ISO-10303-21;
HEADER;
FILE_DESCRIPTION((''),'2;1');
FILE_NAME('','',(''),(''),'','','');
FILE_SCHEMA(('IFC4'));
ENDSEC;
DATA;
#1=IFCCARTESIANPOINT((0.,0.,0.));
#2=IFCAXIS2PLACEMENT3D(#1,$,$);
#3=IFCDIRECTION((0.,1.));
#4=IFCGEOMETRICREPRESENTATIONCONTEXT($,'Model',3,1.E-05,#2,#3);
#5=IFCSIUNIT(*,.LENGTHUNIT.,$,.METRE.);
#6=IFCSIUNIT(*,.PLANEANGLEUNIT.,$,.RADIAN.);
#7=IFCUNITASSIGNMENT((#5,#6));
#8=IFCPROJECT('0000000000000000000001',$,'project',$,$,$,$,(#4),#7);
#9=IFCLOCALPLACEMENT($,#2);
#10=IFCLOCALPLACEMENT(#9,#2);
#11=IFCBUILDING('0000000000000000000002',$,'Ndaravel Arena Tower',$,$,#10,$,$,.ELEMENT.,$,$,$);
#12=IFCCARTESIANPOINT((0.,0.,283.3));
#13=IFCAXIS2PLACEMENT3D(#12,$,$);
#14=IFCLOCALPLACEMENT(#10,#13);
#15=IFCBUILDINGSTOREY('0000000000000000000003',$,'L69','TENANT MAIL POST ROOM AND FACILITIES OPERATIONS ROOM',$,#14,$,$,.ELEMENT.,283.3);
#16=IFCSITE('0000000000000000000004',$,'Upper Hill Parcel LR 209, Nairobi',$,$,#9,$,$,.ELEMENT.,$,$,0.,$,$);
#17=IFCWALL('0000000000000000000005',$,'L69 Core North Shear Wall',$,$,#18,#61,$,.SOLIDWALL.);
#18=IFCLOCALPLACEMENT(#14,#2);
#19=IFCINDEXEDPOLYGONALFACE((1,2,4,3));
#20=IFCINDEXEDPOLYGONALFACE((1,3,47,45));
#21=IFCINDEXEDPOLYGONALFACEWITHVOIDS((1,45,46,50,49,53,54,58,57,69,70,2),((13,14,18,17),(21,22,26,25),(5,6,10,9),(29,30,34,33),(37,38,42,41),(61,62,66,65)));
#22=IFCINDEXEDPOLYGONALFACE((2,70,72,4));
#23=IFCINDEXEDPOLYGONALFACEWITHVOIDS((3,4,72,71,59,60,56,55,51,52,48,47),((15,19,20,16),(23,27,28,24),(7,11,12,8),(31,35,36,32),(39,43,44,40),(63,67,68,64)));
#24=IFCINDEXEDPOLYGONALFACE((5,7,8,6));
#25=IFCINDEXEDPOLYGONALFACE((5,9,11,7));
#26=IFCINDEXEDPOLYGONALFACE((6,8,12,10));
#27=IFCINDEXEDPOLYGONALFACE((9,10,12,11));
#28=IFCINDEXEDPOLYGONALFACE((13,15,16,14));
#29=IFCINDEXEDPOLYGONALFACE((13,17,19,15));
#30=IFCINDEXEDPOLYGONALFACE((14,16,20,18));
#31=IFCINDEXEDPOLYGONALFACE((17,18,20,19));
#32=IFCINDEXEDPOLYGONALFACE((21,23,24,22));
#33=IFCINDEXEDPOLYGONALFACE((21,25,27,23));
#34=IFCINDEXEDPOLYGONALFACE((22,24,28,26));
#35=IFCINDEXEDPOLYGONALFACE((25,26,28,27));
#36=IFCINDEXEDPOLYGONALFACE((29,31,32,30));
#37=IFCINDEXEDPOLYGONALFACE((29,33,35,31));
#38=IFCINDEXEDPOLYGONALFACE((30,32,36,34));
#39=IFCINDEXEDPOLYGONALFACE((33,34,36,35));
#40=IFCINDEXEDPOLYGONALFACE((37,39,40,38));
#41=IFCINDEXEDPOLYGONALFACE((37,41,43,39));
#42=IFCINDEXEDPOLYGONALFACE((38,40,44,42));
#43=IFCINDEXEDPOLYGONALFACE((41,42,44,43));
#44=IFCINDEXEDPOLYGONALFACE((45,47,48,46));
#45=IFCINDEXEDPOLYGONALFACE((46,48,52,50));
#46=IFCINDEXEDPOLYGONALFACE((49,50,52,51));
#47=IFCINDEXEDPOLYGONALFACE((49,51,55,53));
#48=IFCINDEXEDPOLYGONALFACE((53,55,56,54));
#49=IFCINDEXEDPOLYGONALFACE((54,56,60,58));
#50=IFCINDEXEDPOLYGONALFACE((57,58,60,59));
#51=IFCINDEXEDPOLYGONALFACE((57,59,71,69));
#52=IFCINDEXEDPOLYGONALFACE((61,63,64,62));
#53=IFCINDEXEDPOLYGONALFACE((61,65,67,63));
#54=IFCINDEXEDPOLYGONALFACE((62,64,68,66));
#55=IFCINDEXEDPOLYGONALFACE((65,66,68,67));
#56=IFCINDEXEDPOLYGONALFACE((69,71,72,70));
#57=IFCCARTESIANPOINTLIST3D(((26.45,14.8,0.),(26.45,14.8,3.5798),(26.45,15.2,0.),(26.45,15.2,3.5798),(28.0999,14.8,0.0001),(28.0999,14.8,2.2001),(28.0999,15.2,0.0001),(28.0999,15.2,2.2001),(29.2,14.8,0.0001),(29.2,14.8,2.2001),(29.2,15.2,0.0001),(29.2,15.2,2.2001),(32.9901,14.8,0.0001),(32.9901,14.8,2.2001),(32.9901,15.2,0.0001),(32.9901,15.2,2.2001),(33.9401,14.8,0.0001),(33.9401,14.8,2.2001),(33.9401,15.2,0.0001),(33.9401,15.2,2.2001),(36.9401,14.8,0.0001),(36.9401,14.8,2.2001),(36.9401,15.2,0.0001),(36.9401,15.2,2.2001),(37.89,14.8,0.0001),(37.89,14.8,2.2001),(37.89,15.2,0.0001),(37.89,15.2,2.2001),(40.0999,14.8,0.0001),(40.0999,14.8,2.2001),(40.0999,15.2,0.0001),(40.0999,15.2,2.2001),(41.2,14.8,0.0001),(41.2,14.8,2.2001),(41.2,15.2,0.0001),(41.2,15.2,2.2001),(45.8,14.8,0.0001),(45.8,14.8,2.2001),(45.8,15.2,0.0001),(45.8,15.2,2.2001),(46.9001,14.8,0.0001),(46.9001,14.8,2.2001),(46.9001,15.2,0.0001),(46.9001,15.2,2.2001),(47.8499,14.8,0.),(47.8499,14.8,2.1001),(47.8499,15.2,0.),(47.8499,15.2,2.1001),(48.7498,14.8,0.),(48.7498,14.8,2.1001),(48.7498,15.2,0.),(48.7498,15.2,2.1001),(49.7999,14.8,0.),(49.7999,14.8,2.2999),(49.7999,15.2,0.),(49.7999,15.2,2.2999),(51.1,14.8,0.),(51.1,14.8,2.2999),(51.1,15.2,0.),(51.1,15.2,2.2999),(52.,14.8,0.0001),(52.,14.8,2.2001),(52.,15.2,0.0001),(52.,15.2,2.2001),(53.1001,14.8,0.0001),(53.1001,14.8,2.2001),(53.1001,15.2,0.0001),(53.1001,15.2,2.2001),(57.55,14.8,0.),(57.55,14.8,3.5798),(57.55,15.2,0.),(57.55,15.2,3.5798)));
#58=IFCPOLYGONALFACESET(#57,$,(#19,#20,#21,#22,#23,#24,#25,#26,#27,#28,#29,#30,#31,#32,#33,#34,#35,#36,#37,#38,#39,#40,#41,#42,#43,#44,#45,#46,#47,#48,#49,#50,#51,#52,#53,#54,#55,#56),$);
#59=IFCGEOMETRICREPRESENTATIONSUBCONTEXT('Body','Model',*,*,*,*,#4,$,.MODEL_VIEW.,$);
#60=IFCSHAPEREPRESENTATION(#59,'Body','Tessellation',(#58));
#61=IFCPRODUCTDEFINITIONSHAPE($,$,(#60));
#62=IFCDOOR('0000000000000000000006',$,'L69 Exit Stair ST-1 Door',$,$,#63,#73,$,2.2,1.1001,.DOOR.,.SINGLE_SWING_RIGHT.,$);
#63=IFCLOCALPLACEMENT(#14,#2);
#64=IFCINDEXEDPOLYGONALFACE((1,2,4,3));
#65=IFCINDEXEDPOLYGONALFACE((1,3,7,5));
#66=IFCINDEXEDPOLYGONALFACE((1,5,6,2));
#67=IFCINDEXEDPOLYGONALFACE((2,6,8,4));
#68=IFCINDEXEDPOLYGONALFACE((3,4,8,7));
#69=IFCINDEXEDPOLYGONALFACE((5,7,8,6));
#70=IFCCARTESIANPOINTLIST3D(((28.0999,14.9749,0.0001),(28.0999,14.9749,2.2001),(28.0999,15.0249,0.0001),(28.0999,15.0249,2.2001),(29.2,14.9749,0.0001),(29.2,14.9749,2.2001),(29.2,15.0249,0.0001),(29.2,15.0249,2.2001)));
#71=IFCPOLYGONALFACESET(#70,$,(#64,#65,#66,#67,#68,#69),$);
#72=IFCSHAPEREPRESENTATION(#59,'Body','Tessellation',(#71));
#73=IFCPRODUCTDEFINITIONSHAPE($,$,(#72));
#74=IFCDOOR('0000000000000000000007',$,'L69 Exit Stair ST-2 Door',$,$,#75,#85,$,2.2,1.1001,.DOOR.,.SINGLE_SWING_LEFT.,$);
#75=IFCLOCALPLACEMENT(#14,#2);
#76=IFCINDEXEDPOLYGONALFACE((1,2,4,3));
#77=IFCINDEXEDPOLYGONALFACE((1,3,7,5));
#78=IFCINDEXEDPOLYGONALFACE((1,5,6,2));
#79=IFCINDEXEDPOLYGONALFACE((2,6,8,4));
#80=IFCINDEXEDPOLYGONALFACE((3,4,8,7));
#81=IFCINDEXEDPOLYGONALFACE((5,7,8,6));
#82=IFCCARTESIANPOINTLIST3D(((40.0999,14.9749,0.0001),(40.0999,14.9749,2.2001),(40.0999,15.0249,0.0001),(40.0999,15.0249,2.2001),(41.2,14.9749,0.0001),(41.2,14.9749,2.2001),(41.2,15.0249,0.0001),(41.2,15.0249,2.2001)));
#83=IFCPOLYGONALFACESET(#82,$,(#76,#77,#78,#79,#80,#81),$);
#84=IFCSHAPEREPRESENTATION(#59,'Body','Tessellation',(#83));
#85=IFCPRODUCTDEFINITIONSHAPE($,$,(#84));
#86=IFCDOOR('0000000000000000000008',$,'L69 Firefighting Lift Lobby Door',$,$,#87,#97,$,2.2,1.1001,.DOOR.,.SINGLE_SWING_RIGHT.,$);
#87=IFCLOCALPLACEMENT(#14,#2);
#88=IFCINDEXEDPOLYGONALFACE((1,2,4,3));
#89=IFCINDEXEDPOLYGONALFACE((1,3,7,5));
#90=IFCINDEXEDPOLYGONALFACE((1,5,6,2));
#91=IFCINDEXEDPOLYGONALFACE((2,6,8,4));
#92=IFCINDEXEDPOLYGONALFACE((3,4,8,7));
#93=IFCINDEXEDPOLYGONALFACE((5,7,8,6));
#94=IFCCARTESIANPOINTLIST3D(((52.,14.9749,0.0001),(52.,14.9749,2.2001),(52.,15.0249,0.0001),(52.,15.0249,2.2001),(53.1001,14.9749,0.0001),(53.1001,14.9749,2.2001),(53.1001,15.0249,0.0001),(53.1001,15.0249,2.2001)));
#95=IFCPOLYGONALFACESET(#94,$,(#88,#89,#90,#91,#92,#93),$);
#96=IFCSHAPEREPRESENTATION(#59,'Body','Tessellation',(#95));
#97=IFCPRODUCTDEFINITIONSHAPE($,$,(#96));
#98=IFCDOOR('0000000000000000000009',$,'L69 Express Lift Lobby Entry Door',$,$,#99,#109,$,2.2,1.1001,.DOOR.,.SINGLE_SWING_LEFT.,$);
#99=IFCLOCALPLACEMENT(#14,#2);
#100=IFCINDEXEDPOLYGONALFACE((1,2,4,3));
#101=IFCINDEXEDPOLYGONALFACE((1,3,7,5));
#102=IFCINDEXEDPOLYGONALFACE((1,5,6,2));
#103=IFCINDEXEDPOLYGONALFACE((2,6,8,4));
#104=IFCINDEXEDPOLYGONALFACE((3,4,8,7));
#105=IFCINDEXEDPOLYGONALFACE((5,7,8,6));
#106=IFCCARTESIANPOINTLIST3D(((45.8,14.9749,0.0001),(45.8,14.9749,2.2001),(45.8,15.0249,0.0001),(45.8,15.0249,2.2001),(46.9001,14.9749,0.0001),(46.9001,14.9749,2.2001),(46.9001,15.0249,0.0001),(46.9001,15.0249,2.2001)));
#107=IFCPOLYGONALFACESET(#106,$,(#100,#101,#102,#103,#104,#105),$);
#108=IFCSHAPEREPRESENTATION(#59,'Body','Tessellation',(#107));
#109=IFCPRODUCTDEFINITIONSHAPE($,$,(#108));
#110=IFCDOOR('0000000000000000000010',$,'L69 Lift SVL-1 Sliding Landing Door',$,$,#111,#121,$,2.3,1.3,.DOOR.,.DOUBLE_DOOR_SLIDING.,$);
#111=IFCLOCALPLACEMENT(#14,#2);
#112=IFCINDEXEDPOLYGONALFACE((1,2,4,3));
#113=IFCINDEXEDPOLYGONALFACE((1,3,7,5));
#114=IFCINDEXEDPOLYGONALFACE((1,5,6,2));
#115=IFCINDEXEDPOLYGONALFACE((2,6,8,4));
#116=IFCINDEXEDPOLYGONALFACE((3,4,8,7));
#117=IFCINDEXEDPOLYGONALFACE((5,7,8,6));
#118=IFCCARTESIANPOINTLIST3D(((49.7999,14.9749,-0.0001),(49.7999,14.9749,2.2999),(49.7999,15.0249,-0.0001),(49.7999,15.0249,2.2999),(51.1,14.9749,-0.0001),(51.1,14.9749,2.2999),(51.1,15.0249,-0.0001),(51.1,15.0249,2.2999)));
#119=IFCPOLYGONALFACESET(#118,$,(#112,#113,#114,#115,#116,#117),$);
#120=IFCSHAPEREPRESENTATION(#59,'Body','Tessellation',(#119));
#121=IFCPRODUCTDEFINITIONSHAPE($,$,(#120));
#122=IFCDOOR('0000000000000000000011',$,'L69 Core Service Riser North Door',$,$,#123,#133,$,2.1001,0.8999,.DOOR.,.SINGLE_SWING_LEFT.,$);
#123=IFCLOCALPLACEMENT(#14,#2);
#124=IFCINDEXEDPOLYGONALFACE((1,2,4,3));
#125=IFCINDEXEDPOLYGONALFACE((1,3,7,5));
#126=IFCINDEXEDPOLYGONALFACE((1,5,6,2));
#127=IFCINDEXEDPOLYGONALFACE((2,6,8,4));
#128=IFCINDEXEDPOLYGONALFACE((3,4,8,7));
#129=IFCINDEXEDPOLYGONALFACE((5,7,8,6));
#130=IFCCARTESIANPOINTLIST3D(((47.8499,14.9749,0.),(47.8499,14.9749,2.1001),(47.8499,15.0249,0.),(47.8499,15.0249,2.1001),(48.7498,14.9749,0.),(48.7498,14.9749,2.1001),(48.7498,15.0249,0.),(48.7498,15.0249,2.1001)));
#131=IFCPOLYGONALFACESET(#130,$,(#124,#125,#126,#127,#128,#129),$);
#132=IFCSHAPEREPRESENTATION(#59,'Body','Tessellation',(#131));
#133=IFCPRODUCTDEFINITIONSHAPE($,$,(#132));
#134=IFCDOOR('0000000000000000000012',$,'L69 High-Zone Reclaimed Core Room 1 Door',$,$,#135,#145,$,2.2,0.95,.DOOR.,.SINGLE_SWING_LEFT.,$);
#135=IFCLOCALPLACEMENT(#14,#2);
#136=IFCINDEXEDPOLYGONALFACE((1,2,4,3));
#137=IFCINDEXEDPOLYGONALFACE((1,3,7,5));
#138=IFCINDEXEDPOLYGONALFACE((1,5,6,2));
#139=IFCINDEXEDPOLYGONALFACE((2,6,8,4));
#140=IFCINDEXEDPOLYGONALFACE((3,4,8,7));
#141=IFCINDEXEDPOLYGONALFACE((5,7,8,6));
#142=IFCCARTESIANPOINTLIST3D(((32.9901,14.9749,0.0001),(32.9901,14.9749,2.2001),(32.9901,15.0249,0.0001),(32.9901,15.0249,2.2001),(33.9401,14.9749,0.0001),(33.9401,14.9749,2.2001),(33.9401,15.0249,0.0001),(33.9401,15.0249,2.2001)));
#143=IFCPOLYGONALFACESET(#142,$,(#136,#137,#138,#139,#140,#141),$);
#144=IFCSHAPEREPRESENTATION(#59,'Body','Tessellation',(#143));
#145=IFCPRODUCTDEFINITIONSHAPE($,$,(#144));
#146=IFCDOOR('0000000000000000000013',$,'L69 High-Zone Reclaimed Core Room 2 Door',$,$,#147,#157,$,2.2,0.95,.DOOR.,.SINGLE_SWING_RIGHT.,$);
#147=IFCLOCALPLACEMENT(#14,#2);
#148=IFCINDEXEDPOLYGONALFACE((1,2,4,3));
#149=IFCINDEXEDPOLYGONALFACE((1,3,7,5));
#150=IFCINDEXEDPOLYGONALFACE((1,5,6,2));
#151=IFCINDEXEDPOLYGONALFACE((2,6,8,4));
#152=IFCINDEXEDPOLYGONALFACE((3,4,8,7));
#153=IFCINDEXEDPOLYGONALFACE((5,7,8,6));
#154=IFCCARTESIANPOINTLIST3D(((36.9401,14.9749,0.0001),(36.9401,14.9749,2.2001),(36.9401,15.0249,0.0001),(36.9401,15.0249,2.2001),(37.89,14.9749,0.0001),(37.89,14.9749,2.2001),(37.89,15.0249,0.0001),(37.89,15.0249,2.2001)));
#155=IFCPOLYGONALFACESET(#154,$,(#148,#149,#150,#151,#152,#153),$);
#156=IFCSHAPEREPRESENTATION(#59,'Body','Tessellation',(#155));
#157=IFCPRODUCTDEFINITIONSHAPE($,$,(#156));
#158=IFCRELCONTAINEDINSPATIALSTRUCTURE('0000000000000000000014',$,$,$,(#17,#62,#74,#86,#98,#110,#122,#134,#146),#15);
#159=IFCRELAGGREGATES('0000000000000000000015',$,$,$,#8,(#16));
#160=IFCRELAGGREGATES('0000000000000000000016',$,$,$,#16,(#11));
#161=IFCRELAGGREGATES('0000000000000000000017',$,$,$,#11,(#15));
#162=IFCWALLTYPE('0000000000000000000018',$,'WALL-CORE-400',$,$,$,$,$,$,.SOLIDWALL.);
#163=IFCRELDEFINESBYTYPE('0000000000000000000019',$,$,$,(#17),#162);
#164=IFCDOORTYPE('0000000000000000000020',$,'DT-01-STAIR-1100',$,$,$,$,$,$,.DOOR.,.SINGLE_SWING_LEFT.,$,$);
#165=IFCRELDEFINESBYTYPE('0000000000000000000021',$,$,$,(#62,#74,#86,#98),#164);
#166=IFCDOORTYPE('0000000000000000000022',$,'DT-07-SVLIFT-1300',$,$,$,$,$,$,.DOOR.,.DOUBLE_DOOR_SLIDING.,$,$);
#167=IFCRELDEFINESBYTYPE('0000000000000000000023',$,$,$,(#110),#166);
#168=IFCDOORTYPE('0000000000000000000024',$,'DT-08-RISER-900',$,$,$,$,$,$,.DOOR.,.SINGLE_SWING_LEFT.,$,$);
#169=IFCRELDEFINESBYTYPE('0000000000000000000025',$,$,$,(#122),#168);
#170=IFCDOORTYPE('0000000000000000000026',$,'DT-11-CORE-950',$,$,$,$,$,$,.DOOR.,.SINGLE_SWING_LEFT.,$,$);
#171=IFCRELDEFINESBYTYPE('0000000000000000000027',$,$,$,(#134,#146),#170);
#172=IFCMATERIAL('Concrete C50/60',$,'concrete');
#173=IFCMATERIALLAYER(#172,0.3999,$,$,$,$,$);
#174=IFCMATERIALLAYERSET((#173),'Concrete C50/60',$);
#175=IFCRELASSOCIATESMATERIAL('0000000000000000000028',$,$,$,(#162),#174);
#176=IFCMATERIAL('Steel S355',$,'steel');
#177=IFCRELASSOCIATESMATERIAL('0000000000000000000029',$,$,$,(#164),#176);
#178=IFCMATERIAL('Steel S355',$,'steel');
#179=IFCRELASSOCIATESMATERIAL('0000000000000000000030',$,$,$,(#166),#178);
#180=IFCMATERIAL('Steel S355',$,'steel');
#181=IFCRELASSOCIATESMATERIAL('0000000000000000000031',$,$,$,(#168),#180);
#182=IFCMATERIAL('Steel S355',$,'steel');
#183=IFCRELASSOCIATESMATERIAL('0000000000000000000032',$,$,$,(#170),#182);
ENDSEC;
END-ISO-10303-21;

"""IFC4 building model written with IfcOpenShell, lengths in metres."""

from ifc_helpers import new_model, si_unit, direction, frame, frame_2d, origin, place, context, subcontext, project, spatial, rectangle, extrude, material, layer, layer_set, type_object, element, fill, save


model = new_model("IFC4")

# Units and contexts
model_context = context("Model", 3, precision=1e-05, world=origin(), true_north=direction((0.0, 1.0)))
body_context = subcontext(model_context, "Body", "Model", "MODEL_VIEW")
ifc_project = project(units=[si_unit("LENGTHUNIT", "METRE"), si_unit("PLANEANGLEUNIT", "RADIAN")], contexts=[model_context])

# Site, building, storey
site_placement = place(None, origin())
site = spatial("IfcSite", under=ifc_project, at=site_placement, Name="Upper Hill Parcel LR 209, Nairobi", CompositionType="ELEMENT", RefElevation=0.0)
building_placement = place(site_placement, origin())
building = spatial("IfcBuilding", under=site, at=building_placement, Name="Ndaravel Arena Tower", CompositionType="ELEMENT")
storey_placement = place(building_placement, frame((0.0, 0.0, 283.3)))
storey = spatial("IfcBuildingStorey", under=building, at=storey_placement, Name="L69", Description="TENANT MAIL POST ROOM AND FACILITIES OPERATIONS ROOM", CompositionType="ELEMENT", Elevation=283.3)

# Wall, openings, doors
ifc_material_1 = material(Name="Concrete C50/60", Category="concrete")
ifc_layer_1 = layer(ifc_material_1, 0.3999)
ifc_layer_set_1 = layer_set([ifc_layer_1], Name="Concrete C50/60")
wall_type_1 = type_object("IfcWallType", Name="WALL-CORE-400", PredefinedType="SOLIDWALL", material=ifc_layer_set_1)
wall_1_placement = place(storey_placement, frame((26.45, 15.0, 0.0), z_axis=(0.0, 0.0, 1.0), x_axis=(1.0, 0.0, 0.0)))
wall_1 = element("IfcWall", 1, at=wall_1_placement, inside=storey, type_object=wall_type_1, Name="L69 Core North Shear Wall", PredefinedType="SOLIDWALL", context=body_context, shape_type="SweptSolid", body=[
    extrude(rectangle(XDim=31.1001, YDim=0.3999, at=frame_2d((15.55, 0.0))), origin(), (0.0, 0.0, 1.0), 3.5798),
])
opening_1_placement = place(wall_1_placement, frame((1.6499, 0.0, 0.0)))
opening_1 = element("IfcOpeningElement", 2, at=opening_1_placement, cuts=wall_1, PredefinedType="OPENING", context=body_context, shape_type="SweptSolid", body=[
    extrude(rectangle(XDim=1.1001, YDim=2.2, at=frame_2d((0.55, 1.1001))), frame((0.0, 0.2, 0.0), z_axis=(0.0, -1.0, 0.0), x_axis=(1.0, 0.0, 0.0)), (0.0, 0.0, 1.0), 0.3999),
])
opening_2_placement = place(wall_1_placement, frame((13.6499, 0.0, 0.0)))
opening_2 = element("IfcOpeningElement", 3, at=opening_2_placement, cuts=wall_1, PredefinedType="OPENING", context=body_context, shape_type="SweptSolid", body=[
    extrude(rectangle(XDim=1.1001, YDim=2.2, at=frame_2d((0.55, 1.1001))), frame((0.0, 0.2, 0.0), z_axis=(0.0, -1.0, 0.0), x_axis=(1.0, 0.0, 0.0)), (0.0, 0.0, 1.0), 0.3999),
])
opening_3_placement = place(wall_1_placement, frame((25.55, 0.0, 0.0)))
opening_3 = element("IfcOpeningElement", 4, at=opening_3_placement, cuts=wall_1, PredefinedType="OPENING", context=body_context, shape_type="SweptSolid", body=[
    extrude(rectangle(XDim=1.1001, YDim=2.2, at=frame_2d((0.55, 1.1001))), frame((0.0, 0.2, 0.0), z_axis=(0.0, -1.0, 0.0), x_axis=(1.0, 0.0, 0.0)), (0.0, 0.0, 1.0), 0.3999),
])
opening_4_placement = place(wall_1_placement, frame((19.3501, 0.0, 0.0)))
opening_4 = element("IfcOpeningElement", 5, at=opening_4_placement, cuts=wall_1, PredefinedType="OPENING", context=body_context, shape_type="SweptSolid", body=[
    extrude(rectangle(XDim=1.1001, YDim=2.2, at=frame_2d((0.55, 1.1001))), frame((0.0, 0.2, 0.0), z_axis=(0.0, -1.0, 0.0), x_axis=(1.0, 0.0, 0.0)), (0.0, 0.0, 1.0), 0.3999),
])
opening_5_placement = place(wall_1_placement, frame((21.3999, 0.0, 0.0)))
opening_5 = element("IfcOpeningElement", 6, at=opening_5_placement, cuts=wall_1, PredefinedType="OPENING", context=body_context, shape_type="SweptSolid", body=[
    extrude(rectangle(XDim=0.8999, YDim=2.1001, at=frame_2d((0.45, 1.05))), frame((0.0, 0.2, 0.0), z_axis=(0.0, -1.0, 0.0), x_axis=(1.0, 0.0, 0.0)), (0.0, 0.0, 1.0), 0.3999),
])
opening_6_placement = place(wall_1_placement, frame((6.54, 0.0, 0.0)))
opening_6 = element("IfcOpeningElement", 7, at=opening_6_placement, cuts=wall_1, PredefinedType="OPENING", context=body_context, shape_type="SweptSolid", body=[
    extrude(rectangle(XDim=0.95, YDim=2.2, at=frame_2d((0.4751, 1.1001))), frame((0.0, 0.2, 0.0), z_axis=(0.0, -1.0, 0.0), x_axis=(1.0, 0.0, 0.0)), (0.0, 0.0, 1.0), 0.3999),
])
opening_7_placement = place(wall_1_placement, frame((10.49, 0.0, 0.0)))
opening_7 = element("IfcOpeningElement", 8, at=opening_7_placement, cuts=wall_1, PredefinedType="OPENING", context=body_context, shape_type="SweptSolid", body=[
    extrude(rectangle(XDim=0.95, YDim=2.2, at=frame_2d((0.4751, 1.1001))), frame((0.0, 0.2, 0.0), z_axis=(0.0, -1.0, 0.0), x_axis=(1.0, 0.0, 0.0)), (0.0, 0.0, 1.0), 0.3999),
])
opening_8_placement = place(wall_1_placement, frame((23.3501, 0.0, 0.0)))
opening_8 = element("IfcOpeningElement", 9, at=opening_8_placement, cuts=wall_1, PredefinedType="OPENING", context=body_context, shape_type="SweptSolid", body=[
    extrude(rectangle(XDim=1.3, YDim=2.3, at=frame_2d((0.6499, 1.1499))), frame((0.0, 0.2, 0.0), z_axis=(0.0, -1.0, 0.0), x_axis=(1.0, 0.0, 0.0)), (0.0, 0.0, 1.0), 0.3999),
])
ifc_material_2 = material(Name="Steel S355", Category="steel")
door_type_1 = type_object("IfcDoorType", Name="DT-01-STAIR-1100", OperationType="SINGLE_SWING_LEFT", PredefinedType="DOOR", material=ifc_material_2)
door_1_placement = place(opening_1_placement, origin())
door_1 = element("IfcDoor", 10, at=door_1_placement, inside=storey, type_object=door_type_1, Name="L69 Exit Stair ST-1 Door", OperationType="SINGLE_SWING_RIGHT", OverallHeight=2.2, OverallWidth=1.1001, PredefinedType="DOOR", context=body_context, shape_type="SweptSolid", body=[
    extrude(rectangle(XDim=1.1001, YDim=2.2, at=frame_2d((0.55, 1.1001))), frame((0.0, 0.0249, 0.0), z_axis=(0.0, -1.0, 0.0), x_axis=(1.0, 0.0, 0.0)), (0.0, 0.0, 1.0), 0.05),
])
fill(opening_1, door_1)
door_2_placement = place(opening_2_placement, origin())
door_2 = element("IfcDoor", 11, at=door_2_placement, inside=storey, type_object=door_type_1, Name="L69 Exit Stair ST-2 Door", OperationType="SINGLE_SWING_LEFT", OverallHeight=2.2, OverallWidth=1.1001, PredefinedType="DOOR", context=body_context, shape_type="SweptSolid", body=[
    extrude(rectangle(XDim=1.1001, YDim=2.2, at=frame_2d((0.55, 1.1001))), frame((0.0, 0.0249, 0.0), z_axis=(0.0, -1.0, 0.0), x_axis=(1.0, 0.0, 0.0)), (0.0, 0.0, 1.0), 0.05),
])
fill(opening_2, door_2)
door_3_placement = place(opening_3_placement, origin())
door_3 = element("IfcDoor", 12, at=door_3_placement, inside=storey, type_object=door_type_1, Name="L69 Firefighting Lift Lobby Door", OperationType="SINGLE_SWING_RIGHT", OverallHeight=2.2, OverallWidth=1.1001, PredefinedType="DOOR", context=body_context, shape_type="SweptSolid", body=[
    extrude(rectangle(XDim=1.1001, YDim=2.2, at=frame_2d((0.55, 1.1001))), frame((0.0, 0.0249, 0.0), z_axis=(0.0, -1.0, 0.0), x_axis=(1.0, 0.0, 0.0)), (0.0, 0.0, 1.0), 0.05),
])
fill(opening_3, door_3)
door_4_placement = place(opening_4_placement, origin())
door_4 = element("IfcDoor", 13, at=door_4_placement, inside=storey, type_object=door_type_1, Name="L69 Express Lift Lobby Entry Door", OperationType="SINGLE_SWING_LEFT", OverallHeight=2.2, OverallWidth=1.1001, PredefinedType="DOOR", context=body_context, shape_type="SweptSolid", body=[
    extrude(rectangle(XDim=1.1001, YDim=2.2, at=frame_2d((0.55, 1.1001))), frame((0.0, 0.0249, 0.0), z_axis=(0.0, -1.0, 0.0), x_axis=(1.0, 0.0, 0.0)), (0.0, 0.0, 1.0), 0.05),
])
fill(opening_4, door_4)
ifc_material_3 = material(Name="Steel S355", Category="steel")
door_type_2 = type_object("IfcDoorType", Name="DT-07-SVLIFT-1300", OperationType="DOUBLE_DOOR_SLIDING", PredefinedType="DOOR", material=ifc_material_3)
door_5_placement = place(opening_8_placement, origin())
door_5 = element("IfcDoor", 14, at=door_5_placement, inside=storey, type_object=door_type_2, Name="L69 Lift SVL-1 Sliding Landing Door", OperationType="DOUBLE_DOOR_SLIDING", OverallHeight=2.3, OverallWidth=1.3, PredefinedType="DOOR", context=body_context, shape_type="SweptSolid", body=[
    extrude(rectangle(XDim=1.3, YDim=2.3, at=frame_2d((0.6499, 1.1499))), frame((0.0, 0.0249, 0.0), z_axis=(0.0, -1.0, 0.0), x_axis=(1.0, 0.0, 0.0)), (0.0, 0.0, 1.0), 0.05),
])
fill(opening_8, door_5)
ifc_material_4 = material(Name="Steel S355", Category="steel")
door_type_3 = type_object("IfcDoorType", Name="DT-08-RISER-900", OperationType="SINGLE_SWING_LEFT", PredefinedType="DOOR", material=ifc_material_4)
door_6_placement = place(opening_5_placement, origin())
door_6 = element("IfcDoor", 15, at=door_6_placement, inside=storey, type_object=door_type_3, Name="L69 Core Service Riser North Door", OperationType="SINGLE_SWING_LEFT", OverallHeight=2.1001, OverallWidth=0.8999, PredefinedType="DOOR", context=body_context, shape_type="SweptSolid", body=[
    extrude(rectangle(XDim=0.8999, YDim=2.1001, at=frame_2d((0.45, 1.05))), frame((0.0, 0.0249, 0.0), z_axis=(0.0, -1.0, 0.0), x_axis=(1.0, 0.0, 0.0)), (0.0, 0.0, 1.0), 0.05),
])
fill(opening_5, door_6)
ifc_material_5 = material(Name="Steel S355", Category="steel")
door_type_4 = type_object("IfcDoorType", Name="DT-11-CORE-950", OperationType="SINGLE_SWING_LEFT", PredefinedType="DOOR", material=ifc_material_5)
door_7_placement = place(opening_6_placement, origin())
door_7 = element("IfcDoor", 16, at=door_7_placement, inside=storey, type_object=door_type_4, Name="L69 High-Zone Reclaimed Core Room 1 Door", OperationType="SINGLE_SWING_LEFT", OverallHeight=2.2, OverallWidth=0.95, PredefinedType="DOOR", context=body_context, shape_type="SweptSolid", body=[
    extrude(rectangle(XDim=0.95, YDim=2.2, at=frame_2d((0.4751, 1.1001))), frame((0.0, 0.0249, 0.0), z_axis=(0.0, -1.0, 0.0), x_axis=(1.0, 0.0, 0.0)), (0.0, 0.0, 1.0), 0.05),
])
fill(opening_6, door_7)
door_8_placement = place(opening_7_placement, origin())
door_8 = element("IfcDoor", 17, at=door_8_placement, inside=storey, type_object=door_type_4, Name="L69 High-Zone Reclaimed Core Room 2 Door", OperationType="SINGLE_SWING_RIGHT", OverallHeight=2.2, OverallWidth=0.95, PredefinedType="DOOR", context=body_context, shape_type="SweptSolid", body=[
    extrude(rectangle(XDim=0.95, YDim=2.2, at=frame_2d((0.4751, 1.1001))), frame((0.0, 0.0249, 0.0), z_axis=(0.0, -1.0, 0.0), x_axis=(1.0, 0.0, 0.0)), (0.0, 0.0, 1.0), 0.05),
])
fill(opening_7, door_8)

save(model, "model.ifc")
